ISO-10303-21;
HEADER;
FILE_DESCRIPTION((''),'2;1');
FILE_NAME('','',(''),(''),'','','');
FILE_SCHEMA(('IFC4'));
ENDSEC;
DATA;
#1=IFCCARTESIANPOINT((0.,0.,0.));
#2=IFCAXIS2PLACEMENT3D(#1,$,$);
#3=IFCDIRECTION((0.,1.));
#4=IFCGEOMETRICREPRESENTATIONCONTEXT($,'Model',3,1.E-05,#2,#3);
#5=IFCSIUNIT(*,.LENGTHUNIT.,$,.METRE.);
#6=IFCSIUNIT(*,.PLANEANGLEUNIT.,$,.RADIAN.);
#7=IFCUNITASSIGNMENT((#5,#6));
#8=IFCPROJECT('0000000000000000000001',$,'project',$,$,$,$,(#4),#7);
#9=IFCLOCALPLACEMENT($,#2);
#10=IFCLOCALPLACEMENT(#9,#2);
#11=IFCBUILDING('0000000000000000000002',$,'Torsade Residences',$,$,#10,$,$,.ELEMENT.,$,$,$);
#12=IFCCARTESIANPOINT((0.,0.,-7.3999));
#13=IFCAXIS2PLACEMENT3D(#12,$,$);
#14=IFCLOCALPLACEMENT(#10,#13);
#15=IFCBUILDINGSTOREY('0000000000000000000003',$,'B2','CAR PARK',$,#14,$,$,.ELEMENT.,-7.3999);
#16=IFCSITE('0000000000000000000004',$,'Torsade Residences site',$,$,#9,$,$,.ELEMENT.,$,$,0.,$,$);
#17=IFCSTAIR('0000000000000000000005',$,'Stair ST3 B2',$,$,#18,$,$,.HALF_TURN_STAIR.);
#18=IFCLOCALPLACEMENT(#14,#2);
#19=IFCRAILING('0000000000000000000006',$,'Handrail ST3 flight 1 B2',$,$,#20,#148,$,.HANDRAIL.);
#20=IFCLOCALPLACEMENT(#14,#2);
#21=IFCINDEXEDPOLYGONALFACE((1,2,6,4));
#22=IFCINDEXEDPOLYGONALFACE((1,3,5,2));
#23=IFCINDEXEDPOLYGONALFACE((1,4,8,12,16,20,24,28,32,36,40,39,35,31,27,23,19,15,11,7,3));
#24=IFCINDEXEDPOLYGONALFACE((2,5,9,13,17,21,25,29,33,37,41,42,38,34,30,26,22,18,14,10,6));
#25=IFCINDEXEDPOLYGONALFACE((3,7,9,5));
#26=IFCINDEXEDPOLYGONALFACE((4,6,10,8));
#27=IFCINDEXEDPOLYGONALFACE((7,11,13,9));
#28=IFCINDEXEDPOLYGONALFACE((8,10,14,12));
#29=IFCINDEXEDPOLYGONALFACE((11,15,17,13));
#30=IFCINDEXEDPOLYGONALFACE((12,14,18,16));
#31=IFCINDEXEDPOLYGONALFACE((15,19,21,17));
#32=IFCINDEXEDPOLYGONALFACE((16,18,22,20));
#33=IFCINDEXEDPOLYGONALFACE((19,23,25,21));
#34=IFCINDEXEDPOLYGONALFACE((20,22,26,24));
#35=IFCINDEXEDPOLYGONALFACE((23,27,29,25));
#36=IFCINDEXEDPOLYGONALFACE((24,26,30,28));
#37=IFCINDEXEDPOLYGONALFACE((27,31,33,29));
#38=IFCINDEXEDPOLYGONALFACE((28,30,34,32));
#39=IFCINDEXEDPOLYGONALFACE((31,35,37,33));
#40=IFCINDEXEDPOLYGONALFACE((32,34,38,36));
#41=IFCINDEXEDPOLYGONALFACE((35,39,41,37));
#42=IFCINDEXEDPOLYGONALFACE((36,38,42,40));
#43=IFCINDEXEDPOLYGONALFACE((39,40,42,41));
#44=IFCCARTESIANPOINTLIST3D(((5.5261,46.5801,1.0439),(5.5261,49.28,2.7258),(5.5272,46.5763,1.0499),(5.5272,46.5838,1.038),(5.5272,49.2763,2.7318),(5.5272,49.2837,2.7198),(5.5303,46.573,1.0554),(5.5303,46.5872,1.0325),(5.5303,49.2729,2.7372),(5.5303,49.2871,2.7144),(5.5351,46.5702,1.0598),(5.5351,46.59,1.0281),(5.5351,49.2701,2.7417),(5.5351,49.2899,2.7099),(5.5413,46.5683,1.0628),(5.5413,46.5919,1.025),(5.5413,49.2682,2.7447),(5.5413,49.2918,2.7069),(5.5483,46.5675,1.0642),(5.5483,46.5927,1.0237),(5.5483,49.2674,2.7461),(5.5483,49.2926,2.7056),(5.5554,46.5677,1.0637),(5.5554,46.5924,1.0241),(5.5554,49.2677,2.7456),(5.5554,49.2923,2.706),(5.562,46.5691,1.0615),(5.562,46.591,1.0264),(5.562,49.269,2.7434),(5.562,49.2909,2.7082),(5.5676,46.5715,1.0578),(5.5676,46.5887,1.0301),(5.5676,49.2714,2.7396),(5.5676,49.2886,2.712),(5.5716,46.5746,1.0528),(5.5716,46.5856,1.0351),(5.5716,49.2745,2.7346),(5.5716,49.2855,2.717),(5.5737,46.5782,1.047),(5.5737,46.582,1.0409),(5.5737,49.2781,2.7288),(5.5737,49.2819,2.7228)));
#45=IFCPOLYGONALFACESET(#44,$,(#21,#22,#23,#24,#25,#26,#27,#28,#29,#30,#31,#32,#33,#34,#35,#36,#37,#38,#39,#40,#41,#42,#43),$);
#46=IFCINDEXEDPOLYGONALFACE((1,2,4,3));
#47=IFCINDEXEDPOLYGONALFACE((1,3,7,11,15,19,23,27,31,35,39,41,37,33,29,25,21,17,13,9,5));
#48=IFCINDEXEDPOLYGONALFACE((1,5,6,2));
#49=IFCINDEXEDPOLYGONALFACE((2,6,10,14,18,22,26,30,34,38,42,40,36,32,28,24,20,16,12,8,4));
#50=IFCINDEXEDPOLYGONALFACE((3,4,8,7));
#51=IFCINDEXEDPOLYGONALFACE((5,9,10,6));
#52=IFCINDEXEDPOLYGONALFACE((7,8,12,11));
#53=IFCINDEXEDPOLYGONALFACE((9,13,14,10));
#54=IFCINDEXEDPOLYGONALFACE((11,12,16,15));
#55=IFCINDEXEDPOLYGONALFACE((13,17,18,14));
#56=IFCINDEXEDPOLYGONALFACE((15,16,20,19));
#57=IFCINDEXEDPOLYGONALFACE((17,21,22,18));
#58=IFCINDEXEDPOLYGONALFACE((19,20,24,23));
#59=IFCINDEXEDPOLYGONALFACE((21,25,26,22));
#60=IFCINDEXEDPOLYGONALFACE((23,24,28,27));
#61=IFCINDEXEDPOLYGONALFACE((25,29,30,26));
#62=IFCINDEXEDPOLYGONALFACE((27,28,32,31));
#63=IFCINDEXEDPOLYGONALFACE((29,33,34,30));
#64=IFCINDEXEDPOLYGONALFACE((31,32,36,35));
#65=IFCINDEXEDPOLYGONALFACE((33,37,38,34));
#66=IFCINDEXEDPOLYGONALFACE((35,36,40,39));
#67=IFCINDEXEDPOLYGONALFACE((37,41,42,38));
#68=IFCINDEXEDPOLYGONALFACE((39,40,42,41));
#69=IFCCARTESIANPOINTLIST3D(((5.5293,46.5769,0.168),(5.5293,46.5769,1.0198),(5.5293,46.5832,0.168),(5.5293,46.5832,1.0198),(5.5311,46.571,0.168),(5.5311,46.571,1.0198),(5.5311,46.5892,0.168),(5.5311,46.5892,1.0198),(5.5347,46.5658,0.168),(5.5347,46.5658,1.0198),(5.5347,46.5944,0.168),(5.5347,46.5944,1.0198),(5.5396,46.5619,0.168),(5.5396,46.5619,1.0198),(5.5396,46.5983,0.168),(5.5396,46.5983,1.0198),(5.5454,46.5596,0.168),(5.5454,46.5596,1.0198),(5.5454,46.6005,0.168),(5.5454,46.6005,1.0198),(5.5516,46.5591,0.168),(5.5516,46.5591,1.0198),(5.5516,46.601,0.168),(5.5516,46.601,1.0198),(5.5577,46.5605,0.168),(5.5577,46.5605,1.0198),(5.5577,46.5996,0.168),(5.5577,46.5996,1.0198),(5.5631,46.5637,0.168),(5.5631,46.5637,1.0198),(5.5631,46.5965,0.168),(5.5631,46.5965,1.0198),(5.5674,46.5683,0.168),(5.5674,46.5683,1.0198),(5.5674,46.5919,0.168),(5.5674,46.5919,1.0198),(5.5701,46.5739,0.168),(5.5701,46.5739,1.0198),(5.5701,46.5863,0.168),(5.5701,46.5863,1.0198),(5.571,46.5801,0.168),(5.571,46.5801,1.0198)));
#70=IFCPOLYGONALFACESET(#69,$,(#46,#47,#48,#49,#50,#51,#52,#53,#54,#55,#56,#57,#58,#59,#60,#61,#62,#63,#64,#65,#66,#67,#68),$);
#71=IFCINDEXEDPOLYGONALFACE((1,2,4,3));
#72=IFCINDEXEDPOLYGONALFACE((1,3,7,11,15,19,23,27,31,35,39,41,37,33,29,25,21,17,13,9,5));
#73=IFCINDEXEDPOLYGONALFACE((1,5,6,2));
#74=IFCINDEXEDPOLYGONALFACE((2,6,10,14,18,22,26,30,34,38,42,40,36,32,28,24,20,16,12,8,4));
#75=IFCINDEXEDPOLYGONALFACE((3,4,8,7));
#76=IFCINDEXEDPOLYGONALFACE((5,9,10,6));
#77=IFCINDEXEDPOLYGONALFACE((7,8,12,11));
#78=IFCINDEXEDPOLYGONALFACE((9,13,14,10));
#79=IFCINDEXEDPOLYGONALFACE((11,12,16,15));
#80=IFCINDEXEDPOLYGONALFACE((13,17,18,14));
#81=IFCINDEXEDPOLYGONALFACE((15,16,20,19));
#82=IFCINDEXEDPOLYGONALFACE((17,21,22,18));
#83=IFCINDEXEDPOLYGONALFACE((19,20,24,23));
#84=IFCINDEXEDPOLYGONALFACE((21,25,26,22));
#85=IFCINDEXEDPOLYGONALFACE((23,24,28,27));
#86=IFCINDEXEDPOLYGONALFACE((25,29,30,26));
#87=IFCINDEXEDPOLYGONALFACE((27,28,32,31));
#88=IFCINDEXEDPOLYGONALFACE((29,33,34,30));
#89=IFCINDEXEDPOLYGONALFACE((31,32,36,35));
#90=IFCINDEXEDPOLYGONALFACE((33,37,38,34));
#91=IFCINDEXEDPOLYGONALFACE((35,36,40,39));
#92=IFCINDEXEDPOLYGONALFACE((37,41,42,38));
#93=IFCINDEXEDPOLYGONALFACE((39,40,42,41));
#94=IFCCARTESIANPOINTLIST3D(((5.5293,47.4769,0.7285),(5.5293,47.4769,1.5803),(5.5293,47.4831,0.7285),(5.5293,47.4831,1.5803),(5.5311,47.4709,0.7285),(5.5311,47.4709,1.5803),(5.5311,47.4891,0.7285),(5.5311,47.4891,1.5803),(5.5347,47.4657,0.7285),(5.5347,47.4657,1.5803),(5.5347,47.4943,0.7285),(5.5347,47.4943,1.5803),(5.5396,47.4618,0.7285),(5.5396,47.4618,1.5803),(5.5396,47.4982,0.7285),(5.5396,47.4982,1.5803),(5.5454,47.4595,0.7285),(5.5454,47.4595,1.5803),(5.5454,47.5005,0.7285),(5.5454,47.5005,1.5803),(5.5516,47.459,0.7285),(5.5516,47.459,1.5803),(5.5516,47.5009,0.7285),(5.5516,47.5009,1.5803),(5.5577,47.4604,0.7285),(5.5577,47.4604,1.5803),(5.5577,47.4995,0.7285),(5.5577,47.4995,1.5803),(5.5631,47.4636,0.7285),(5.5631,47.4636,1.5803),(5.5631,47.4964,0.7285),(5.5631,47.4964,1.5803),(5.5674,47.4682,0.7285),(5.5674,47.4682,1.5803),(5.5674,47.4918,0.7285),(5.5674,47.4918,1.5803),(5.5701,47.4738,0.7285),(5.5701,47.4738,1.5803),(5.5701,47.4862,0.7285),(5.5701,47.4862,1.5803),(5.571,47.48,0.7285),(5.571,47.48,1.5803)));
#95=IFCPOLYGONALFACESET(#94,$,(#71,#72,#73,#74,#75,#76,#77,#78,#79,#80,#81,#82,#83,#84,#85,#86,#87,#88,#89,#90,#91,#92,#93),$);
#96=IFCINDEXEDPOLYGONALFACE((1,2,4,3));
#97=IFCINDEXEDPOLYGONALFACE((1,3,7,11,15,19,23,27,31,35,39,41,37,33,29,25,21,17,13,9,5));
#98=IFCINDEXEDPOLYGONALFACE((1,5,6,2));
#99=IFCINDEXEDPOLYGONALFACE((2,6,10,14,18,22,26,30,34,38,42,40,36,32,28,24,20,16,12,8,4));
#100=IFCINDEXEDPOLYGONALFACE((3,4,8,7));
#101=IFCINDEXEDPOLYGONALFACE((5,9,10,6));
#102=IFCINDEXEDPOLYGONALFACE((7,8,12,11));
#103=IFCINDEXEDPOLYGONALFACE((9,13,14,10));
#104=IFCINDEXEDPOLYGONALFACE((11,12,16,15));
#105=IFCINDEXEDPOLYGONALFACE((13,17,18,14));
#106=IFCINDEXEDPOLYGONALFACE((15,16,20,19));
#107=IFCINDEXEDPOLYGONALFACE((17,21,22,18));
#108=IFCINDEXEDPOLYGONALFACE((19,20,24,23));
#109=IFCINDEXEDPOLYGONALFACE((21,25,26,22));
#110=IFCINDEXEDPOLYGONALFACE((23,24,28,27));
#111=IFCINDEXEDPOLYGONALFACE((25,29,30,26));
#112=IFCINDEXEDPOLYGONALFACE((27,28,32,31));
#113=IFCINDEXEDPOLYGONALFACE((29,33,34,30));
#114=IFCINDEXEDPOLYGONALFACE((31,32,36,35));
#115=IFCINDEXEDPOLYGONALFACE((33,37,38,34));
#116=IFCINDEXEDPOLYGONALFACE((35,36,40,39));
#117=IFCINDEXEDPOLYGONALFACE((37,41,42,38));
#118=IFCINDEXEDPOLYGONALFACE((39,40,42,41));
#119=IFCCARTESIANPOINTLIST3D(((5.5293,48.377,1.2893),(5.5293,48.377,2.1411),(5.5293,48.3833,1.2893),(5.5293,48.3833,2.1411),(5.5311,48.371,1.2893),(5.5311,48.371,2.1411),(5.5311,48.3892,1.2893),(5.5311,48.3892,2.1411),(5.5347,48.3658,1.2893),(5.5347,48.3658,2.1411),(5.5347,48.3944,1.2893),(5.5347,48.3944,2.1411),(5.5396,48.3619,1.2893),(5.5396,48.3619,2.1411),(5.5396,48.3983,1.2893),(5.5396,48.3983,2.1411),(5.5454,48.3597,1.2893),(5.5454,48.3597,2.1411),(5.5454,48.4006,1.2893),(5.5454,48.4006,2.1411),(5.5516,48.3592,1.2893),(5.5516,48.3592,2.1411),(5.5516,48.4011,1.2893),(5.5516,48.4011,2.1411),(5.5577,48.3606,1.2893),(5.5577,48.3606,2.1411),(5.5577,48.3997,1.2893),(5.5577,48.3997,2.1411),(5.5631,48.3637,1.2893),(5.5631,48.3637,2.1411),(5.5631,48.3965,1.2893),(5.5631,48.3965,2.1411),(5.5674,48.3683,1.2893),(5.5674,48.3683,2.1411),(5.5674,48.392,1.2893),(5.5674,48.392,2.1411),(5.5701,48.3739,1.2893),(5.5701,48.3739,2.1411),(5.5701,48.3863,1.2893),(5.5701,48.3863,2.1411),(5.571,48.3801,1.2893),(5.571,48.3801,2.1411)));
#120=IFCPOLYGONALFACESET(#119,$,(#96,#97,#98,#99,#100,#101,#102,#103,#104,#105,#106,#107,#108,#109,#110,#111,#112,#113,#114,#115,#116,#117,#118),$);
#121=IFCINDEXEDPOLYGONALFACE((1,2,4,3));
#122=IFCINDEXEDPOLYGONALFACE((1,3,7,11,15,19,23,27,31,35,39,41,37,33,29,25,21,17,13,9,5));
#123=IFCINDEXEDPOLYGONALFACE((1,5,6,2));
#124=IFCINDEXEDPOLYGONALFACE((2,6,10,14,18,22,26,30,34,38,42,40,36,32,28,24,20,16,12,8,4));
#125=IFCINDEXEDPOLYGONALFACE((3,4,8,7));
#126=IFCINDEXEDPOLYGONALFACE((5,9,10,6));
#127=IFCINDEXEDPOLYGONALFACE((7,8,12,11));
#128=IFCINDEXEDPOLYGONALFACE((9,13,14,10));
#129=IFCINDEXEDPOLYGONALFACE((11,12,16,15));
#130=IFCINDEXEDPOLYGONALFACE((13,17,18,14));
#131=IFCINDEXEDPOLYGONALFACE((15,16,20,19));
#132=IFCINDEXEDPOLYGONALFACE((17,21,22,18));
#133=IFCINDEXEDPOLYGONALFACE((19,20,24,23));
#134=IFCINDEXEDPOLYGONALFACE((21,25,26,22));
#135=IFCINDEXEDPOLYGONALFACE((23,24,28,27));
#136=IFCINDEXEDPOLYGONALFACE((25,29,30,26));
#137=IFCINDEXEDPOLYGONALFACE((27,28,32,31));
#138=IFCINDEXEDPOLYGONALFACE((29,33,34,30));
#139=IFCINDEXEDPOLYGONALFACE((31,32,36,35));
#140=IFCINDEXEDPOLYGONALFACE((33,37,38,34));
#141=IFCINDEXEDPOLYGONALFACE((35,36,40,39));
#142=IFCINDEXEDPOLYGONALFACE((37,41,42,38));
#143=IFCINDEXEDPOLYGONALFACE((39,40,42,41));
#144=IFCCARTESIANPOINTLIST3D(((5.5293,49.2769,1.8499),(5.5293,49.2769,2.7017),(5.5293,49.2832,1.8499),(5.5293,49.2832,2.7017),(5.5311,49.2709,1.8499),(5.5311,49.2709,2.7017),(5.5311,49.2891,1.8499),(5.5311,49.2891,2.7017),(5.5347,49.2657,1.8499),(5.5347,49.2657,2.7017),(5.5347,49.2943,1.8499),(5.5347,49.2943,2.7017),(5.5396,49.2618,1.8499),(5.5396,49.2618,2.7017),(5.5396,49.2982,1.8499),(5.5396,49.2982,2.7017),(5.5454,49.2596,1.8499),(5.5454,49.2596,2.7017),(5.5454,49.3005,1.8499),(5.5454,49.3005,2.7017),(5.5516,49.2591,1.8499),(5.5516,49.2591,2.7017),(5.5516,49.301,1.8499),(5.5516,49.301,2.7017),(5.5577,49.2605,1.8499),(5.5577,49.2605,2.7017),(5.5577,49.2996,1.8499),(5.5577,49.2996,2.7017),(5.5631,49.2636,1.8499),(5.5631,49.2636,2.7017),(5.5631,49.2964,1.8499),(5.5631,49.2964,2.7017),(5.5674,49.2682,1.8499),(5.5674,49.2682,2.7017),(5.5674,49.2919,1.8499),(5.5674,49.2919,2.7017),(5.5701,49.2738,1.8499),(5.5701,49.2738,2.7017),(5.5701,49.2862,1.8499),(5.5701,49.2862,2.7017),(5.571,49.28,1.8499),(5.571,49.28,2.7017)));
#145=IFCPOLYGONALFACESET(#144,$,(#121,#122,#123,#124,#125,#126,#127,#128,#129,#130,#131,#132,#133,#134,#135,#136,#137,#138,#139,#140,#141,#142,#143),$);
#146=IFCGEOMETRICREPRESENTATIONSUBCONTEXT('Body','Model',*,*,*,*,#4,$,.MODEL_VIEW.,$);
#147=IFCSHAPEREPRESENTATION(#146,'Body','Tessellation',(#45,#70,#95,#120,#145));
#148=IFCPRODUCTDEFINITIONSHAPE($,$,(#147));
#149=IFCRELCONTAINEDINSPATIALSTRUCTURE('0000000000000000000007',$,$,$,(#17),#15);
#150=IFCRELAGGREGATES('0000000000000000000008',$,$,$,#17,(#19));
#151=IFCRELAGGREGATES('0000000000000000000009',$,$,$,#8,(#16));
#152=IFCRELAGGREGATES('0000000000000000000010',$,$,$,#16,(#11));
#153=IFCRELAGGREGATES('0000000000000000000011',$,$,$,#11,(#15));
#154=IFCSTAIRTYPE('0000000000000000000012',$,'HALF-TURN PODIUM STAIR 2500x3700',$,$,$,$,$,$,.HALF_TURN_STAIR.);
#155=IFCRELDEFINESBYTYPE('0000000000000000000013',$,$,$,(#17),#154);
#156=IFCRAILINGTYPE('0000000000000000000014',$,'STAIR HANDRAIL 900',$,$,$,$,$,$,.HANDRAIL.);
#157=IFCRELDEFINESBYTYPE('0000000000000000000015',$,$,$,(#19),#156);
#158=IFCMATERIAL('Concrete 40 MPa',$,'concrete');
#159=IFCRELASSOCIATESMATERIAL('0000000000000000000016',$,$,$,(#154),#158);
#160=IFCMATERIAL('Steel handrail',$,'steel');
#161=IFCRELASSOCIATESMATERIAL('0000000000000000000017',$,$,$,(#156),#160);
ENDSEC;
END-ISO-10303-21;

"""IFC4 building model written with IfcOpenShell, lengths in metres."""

from ifc_helpers import new_model, si_unit, direction, frame, origin, origin_2d, place, context, subcontext, project, spatial, circle, extrude, material, type_object, element, aggregate, save


model = new_model("IFC4")

# Units and contexts
model_context = context("Model", 3, precision=1e-05, world=origin(), true_north=direction((0.0, 1.0)))
body_context = subcontext(model_context, "Body", "Model", "MODEL_VIEW")
ifc_project = project(units=[si_unit("LENGTHUNIT", "METRE"), si_unit("PLANEANGLEUNIT", "RADIAN")], contexts=[model_context])

# Site, building, storey
site_placement = place(None, origin())
site = spatial("IfcSite", under=ifc_project, at=site_placement, Name="Torsade Residences site", CompositionType="ELEMENT", RefElevation=0.0)
building_placement = place(site_placement, origin())
building = spatial("IfcBuilding", under=site, at=building_placement, Name="Torsade Residences", CompositionType="ELEMENT")
storey_placement = place(building_placement, frame((0.0, 0.0, -7.3999)))
storey = spatial("IfcBuildingStorey", under=building, at=storey_placement, Name="B2", Description="CAR PARK", CompositionType="ELEMENT", Elevation=-7.3999)

# Stair, railing
ifc_material_1 = material(Name="Concrete 40 MPa", Category="concrete")
stair_type = type_object("IfcStairType", Name="HALF-TURN PODIUM STAIR 2500x3700", PredefinedType="HALF_TURN_STAIR", material=ifc_material_1)
stair_placement = place(storey_placement, origin())
stair = element("IfcStair", 1, at=stair_placement, inside=storey, type_object=stair_type, Name="Stair ST3 B2", PredefinedType="HALF_TURN_STAIR")
ifc_material_2 = material(Name="Steel handrail", Category="steel")
railing_type = type_object("IfcRailingType", Name="STAIR HANDRAIL 900", PredefinedType="HANDRAIL", material=ifc_material_2)
railing_1_placement = place(storey_placement, frame((5.55, 46.5801, 0.168)))
railing_1 = element("IfcRailing", 2, at=railing_1_placement, type_object=railing_type, Name="Handrail ST3 flight 1 B2", PredefinedType="HANDRAIL", context=body_context, shape_type="SweptSolid", body=[
    extrude(circle(Radius=0.0239, at=origin_2d()), frame((0.0, 0.0, 0.876), z_axis=(0.0, 0.848786, 0.528736), x_axis=(-1.0, 0.0, 0.0)), (0.0, 0.0, 1.0), 3.1809),
    extrude(circle(Radius=0.021, at=origin_2d()), origin(), (0.0, 0.0, 1.0), 0.8518),
    extrude(circle(Radius=0.021, at=origin_2d()), frame((0.0, 0.8999, 0.5605)), (0.0, 0.0, 1.0), 0.8518),
    extrude(circle(Radius=0.021, at=origin_2d()), frame((0.0, 1.8, 1.1213)), (0.0, 0.0, 1.0), 0.8518),
    extrude(circle(Radius=0.021, at=origin_2d()), frame((0.0, 2.7, 1.6819)), (0.0, 0.0, 1.0), 0.8518),
])
aggregate(stair, [railing_1])

save(model, "model.ifc")
